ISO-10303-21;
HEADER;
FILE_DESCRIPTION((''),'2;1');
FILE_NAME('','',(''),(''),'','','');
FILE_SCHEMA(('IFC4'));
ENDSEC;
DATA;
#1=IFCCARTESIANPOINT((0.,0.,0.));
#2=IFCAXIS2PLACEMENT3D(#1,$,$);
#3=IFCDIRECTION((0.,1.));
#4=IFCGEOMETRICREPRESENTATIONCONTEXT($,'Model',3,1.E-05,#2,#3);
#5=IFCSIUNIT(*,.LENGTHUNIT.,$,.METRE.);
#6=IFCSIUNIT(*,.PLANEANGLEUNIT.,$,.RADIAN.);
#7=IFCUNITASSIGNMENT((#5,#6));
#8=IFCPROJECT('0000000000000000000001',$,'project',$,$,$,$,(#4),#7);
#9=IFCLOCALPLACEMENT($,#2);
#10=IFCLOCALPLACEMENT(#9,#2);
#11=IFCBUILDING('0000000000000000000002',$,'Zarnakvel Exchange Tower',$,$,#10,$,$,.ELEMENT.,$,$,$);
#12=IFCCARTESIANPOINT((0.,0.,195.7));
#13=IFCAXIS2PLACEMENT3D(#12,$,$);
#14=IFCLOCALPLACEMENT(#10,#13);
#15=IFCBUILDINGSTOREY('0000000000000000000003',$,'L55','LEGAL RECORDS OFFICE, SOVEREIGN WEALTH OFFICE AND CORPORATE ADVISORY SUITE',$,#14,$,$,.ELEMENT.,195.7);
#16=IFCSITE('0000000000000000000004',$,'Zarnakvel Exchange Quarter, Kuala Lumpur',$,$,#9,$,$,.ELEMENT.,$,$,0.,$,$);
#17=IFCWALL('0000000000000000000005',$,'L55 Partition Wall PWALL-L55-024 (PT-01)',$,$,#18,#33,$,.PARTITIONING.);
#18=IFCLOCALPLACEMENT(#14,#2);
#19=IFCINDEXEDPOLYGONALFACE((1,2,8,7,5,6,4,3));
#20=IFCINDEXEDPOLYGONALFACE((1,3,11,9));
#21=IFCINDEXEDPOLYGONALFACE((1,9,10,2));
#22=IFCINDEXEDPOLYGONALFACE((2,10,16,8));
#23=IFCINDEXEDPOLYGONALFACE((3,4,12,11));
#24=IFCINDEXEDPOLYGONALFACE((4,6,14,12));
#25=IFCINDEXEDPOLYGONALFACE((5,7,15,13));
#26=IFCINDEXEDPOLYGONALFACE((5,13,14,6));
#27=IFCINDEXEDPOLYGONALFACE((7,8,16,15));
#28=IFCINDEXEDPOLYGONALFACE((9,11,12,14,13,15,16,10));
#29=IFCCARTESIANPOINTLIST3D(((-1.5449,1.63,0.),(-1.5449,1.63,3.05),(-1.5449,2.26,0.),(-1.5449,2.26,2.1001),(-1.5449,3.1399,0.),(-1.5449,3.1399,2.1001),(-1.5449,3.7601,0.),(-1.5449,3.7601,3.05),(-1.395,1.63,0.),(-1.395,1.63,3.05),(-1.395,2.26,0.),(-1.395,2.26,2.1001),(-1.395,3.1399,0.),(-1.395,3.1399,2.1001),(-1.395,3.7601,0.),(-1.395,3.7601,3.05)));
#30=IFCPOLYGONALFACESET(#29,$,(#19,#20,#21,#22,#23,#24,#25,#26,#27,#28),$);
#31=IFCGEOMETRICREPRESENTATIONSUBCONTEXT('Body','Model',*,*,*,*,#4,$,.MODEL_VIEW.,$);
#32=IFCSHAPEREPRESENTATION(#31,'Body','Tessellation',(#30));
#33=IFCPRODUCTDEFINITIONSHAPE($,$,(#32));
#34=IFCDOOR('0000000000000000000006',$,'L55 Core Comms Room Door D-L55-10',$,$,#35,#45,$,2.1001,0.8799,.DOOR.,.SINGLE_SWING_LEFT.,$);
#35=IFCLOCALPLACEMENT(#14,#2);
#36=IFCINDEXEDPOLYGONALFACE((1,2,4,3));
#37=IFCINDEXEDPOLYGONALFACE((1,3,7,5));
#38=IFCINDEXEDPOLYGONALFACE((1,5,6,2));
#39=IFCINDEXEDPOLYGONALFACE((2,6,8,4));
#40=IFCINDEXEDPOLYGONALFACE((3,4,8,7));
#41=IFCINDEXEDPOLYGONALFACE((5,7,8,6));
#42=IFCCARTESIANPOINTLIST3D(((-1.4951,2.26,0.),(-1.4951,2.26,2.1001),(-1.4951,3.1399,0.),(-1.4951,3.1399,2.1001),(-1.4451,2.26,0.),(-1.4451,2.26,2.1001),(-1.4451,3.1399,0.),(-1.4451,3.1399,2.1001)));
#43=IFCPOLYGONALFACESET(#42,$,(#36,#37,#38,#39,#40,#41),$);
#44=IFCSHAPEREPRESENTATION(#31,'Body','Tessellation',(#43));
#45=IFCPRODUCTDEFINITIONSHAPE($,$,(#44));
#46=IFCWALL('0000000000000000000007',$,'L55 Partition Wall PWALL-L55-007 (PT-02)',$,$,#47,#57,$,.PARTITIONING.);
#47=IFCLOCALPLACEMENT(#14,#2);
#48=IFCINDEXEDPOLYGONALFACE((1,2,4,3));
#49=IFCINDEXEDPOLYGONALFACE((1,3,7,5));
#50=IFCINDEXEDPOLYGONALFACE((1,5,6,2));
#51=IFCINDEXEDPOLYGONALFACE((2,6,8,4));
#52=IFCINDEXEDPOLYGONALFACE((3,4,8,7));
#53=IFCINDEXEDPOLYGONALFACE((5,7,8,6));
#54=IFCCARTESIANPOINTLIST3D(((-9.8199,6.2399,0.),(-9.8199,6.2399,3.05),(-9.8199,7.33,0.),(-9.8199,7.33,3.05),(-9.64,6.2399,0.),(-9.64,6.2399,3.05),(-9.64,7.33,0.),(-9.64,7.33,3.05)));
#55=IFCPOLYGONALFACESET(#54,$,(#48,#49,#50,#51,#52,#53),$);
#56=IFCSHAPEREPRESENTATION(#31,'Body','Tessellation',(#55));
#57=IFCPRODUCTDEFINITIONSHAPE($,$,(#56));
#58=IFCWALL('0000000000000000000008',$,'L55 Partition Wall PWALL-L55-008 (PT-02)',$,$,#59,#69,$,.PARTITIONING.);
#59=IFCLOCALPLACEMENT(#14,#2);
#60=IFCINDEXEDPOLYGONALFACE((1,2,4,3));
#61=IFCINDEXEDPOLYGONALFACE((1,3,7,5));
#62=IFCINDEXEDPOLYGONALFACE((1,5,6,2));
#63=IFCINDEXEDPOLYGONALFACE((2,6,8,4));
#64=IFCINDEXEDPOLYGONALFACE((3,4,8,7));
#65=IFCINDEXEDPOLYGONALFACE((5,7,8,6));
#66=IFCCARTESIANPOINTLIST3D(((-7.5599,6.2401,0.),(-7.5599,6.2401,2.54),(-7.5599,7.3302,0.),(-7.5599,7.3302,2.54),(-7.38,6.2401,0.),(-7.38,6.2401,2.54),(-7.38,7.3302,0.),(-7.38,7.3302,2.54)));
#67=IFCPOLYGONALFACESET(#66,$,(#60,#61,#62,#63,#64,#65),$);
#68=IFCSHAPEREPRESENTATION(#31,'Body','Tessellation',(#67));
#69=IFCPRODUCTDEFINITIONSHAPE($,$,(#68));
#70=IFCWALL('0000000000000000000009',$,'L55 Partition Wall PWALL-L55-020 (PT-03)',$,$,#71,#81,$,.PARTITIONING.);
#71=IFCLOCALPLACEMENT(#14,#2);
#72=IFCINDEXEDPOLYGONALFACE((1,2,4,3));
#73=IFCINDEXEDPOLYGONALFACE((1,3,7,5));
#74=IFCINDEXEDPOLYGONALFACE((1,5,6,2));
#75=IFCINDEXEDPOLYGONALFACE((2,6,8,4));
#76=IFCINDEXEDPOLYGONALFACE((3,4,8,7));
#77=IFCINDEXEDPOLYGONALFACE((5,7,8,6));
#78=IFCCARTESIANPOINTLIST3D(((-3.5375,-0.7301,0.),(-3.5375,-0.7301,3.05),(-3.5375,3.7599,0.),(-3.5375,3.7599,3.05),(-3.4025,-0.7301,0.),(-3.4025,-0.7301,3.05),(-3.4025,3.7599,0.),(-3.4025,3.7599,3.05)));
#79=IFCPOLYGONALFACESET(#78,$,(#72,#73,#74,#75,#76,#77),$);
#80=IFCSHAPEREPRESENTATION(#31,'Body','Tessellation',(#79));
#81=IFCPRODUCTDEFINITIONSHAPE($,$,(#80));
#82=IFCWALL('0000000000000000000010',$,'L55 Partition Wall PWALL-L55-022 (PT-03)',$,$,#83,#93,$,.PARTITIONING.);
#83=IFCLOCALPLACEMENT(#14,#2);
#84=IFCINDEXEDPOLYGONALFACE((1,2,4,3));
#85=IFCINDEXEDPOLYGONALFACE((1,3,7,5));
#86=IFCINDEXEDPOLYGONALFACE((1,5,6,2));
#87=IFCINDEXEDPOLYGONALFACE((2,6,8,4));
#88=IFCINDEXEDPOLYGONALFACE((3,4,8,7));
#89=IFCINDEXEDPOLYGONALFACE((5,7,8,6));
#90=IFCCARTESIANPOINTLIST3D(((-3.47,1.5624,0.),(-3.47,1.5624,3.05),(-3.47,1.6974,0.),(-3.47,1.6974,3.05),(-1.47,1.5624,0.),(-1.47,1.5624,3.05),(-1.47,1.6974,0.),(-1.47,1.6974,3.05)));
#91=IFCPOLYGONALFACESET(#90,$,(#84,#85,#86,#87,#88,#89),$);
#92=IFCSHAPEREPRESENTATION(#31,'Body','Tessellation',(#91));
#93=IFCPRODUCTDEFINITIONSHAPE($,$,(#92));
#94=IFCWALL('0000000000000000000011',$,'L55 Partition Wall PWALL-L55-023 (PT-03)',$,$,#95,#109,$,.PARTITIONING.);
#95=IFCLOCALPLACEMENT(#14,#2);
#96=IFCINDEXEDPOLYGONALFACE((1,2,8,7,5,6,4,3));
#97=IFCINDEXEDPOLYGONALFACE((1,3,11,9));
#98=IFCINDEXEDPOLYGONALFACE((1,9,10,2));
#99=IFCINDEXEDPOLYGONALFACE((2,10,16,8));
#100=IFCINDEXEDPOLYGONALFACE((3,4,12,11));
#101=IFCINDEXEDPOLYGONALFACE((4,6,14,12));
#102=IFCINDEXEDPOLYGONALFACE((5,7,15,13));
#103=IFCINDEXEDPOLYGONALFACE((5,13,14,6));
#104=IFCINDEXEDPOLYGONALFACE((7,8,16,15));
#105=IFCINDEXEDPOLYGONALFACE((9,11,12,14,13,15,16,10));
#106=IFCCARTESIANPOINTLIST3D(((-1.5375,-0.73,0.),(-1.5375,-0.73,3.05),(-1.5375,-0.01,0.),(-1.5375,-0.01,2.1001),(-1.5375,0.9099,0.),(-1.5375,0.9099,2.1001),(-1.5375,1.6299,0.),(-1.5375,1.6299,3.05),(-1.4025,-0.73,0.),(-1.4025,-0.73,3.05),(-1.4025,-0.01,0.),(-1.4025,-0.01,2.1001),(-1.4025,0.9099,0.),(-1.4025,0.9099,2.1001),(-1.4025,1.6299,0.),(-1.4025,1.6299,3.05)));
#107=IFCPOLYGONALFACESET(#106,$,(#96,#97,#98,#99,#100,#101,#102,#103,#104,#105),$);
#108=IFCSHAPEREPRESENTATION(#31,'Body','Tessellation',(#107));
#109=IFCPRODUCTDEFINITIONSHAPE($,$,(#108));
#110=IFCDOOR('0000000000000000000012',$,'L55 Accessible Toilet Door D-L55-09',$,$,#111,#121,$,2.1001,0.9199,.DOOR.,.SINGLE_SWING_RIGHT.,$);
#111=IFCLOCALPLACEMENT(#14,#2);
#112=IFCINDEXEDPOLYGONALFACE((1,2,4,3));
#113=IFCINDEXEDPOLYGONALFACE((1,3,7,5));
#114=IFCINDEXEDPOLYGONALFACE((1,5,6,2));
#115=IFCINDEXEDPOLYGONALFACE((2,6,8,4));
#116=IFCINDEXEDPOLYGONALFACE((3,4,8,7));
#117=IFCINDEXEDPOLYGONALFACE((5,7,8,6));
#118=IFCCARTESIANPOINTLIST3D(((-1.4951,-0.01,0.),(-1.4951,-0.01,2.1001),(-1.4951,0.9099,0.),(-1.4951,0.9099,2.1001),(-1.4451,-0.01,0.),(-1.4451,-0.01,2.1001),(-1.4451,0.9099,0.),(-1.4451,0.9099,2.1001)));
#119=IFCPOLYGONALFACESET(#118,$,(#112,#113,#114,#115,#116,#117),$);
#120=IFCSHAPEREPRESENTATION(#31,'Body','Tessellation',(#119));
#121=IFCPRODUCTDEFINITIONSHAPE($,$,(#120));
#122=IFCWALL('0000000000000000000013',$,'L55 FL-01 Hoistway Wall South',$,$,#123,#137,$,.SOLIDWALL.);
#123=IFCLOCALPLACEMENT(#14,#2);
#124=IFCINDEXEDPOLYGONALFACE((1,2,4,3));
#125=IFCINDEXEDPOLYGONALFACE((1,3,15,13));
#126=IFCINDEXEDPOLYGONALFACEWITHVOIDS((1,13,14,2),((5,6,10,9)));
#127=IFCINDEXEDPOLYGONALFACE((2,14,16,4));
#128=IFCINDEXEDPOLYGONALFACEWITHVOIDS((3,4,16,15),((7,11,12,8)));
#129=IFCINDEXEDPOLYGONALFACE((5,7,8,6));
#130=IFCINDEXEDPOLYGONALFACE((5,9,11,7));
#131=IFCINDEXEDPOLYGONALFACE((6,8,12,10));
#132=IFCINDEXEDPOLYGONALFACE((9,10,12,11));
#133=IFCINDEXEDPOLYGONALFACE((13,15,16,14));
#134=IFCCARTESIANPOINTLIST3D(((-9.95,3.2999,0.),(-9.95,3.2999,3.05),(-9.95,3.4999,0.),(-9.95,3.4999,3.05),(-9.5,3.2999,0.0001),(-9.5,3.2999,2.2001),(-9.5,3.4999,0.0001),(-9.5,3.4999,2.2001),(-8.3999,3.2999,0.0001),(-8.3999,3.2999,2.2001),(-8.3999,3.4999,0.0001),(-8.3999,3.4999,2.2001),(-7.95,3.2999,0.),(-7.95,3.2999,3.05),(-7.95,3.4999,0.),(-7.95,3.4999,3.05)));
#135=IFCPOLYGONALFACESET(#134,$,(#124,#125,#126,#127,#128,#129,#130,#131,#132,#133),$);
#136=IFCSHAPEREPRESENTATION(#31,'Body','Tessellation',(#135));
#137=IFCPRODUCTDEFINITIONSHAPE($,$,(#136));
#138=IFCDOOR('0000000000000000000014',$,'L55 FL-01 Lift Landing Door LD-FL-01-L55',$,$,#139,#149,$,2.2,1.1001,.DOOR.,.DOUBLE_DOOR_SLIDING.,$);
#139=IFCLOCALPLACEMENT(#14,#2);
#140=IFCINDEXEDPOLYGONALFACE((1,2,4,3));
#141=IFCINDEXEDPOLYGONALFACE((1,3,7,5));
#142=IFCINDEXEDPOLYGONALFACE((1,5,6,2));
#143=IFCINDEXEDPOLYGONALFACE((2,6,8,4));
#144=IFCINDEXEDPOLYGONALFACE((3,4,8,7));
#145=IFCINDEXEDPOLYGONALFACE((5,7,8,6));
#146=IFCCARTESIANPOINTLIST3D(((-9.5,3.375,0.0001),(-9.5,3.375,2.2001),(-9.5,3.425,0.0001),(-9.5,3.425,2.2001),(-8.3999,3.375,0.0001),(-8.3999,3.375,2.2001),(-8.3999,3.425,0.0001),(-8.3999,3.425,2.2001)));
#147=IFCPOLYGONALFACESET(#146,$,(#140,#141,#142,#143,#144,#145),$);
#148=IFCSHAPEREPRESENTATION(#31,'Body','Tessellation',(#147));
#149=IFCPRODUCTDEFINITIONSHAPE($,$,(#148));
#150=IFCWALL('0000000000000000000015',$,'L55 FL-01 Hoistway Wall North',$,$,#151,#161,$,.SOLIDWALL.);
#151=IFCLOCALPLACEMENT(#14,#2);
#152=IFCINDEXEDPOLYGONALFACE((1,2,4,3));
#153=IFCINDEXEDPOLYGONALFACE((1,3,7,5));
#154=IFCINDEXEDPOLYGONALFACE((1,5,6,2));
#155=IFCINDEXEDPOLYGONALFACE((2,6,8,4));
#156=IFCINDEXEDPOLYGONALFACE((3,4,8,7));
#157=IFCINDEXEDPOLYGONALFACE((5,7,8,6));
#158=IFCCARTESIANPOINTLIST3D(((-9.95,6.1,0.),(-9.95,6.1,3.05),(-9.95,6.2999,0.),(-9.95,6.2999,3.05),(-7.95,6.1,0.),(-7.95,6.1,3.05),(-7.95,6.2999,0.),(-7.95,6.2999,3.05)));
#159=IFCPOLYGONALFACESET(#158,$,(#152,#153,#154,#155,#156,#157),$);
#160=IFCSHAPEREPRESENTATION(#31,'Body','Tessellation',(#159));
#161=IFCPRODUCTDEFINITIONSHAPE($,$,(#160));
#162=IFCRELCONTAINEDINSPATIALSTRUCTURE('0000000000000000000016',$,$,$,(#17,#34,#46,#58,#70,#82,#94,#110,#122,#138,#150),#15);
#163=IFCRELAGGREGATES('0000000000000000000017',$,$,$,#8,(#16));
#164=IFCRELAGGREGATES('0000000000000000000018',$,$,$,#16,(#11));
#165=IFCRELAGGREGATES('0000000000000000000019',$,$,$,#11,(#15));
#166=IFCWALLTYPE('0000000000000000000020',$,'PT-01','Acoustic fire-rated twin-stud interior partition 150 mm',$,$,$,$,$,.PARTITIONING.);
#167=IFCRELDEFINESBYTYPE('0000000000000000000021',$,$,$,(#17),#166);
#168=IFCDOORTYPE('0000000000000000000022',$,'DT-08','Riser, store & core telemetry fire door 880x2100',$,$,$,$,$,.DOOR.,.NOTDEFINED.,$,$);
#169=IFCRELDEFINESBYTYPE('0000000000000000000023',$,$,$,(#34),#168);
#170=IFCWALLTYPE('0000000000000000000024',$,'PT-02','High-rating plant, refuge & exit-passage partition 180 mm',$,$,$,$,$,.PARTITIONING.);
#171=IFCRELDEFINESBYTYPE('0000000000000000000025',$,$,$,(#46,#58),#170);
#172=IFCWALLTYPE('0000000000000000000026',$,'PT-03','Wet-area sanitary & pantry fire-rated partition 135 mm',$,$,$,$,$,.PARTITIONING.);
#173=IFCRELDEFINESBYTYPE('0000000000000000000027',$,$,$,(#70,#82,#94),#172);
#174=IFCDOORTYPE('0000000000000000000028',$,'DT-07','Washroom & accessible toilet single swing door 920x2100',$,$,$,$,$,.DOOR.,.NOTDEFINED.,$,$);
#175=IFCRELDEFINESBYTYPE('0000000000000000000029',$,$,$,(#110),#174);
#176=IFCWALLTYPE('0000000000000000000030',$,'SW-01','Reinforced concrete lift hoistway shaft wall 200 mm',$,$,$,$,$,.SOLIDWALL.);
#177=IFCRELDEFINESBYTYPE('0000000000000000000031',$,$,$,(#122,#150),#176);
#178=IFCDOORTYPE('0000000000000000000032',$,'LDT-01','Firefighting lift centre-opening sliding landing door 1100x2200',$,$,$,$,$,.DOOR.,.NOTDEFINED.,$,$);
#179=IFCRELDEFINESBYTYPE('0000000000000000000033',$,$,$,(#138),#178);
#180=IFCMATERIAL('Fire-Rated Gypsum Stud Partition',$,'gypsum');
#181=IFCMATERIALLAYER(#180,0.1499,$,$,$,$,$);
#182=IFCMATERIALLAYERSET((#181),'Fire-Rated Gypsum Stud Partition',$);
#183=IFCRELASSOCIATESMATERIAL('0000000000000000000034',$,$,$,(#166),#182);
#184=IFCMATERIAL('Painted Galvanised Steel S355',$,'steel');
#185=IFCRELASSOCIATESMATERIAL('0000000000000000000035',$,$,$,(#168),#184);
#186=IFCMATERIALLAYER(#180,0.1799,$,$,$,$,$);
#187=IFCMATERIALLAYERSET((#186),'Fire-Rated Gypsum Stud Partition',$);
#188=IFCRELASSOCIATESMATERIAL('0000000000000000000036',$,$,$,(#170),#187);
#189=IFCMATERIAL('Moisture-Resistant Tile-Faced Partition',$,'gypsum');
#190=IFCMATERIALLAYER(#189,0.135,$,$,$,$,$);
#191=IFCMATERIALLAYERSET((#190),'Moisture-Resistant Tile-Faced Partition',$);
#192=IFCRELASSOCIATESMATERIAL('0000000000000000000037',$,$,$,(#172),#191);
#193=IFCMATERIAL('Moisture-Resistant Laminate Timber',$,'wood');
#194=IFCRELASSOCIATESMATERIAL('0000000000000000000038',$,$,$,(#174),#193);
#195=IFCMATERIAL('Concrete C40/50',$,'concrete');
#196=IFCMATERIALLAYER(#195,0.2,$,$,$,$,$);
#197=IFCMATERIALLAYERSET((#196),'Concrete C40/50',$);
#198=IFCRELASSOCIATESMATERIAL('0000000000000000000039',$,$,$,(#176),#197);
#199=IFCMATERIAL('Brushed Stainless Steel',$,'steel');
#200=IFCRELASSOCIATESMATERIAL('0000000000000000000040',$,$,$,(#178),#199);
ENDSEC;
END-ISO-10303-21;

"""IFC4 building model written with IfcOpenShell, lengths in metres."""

from ifc_helpers import new_model, si_unit, direction, frame, frame_2d, origin, place, context, subcontext, project, spatial, rectangle, extrude, source, transform, mapped, material, layer, layer_set, type_object, element, fill, save


model = new_model("IFC4")

# Units and contexts
model_context = context("Model", 3, precision=1e-05, world=origin(), true_north=direction((0.0, 1.0)))
body_context = subcontext(model_context, "Body", "Model", "MODEL_VIEW")
ifc_project = project(units=[si_unit("LENGTHUNIT", "METRE"), si_unit("PLANEANGLEUNIT", "RADIAN")], contexts=[model_context])

# Site, building, storey
site_placement = place(None, origin())
site = spatial("IfcSite", under=ifc_project, at=site_placement, Name="Zarnakvel Exchange Quarter, Kuala Lumpur", CompositionType="ELEMENT", RefElevation=0.0)
building_placement = place(site_placement, origin())
building = spatial("IfcBuilding", under=site, at=building_placement, Name="Zarnakvel Exchange Tower", CompositionType="ELEMENT")
storey_placement = place(building_placement, frame((0.0, 0.0, 195.7)))
storey = spatial("IfcBuildingStorey", under=building, at=storey_placement, Name="L55", Description="LEGAL RECORDS OFFICE, SOVEREIGN WEALTH OFFICE AND CORPORATE ADVISORY SUITE", CompositionType="ELEMENT", Elevation=195.7)

# Wall, opening, door
ifc_material_1 = material(Name="Fire-Rated Gypsum Stud Partition", Category="gypsum")
ifc_layer_1 = layer(ifc_material_1, 0.1499)
ifc_layer_set_1 = layer_set([ifc_layer_1], Name="Fire-Rated Gypsum Stud Partition")
wall_type_1 = type_object("IfcWallType", Name="PT-01", Description="Acoustic fire-rated twin-stud interior partition 150 mm", PredefinedType="PARTITIONING", material=ifc_layer_set_1)
wall_1_placement = place(storey_placement, frame((-1.47, 3.76, 0.0), z_axis=(0.0, 0.0, 1.0), x_axis=(0.0, -1.0, 0.0)))
wall_1 = element("IfcWall", 1, at=wall_1_placement, inside=storey, type_object=wall_type_1, Name="L55 Partition Wall PWALL-L55-024 (PT-01)", PredefinedType="PARTITIONING", context=body_context, shape_type="SweptSolid", body=[
    extrude(rectangle(XDim=2.1301, YDim=0.1499, at=frame_2d((1.0649, 0.0))), origin(), (0.0, 0.0, 1.0), 3.05),
])
opening_1_placement = place(wall_1_placement, frame((0.6201, 0.0, 0.0)))
opening_1 = element("IfcOpeningElement", 2, at=opening_1_placement, cuts=wall_1, PredefinedType="OPENING", context=body_context, shape_type="SweptSolid", body=[
    extrude(rectangle(XDim=0.8799, YDim=2.1001, at=frame_2d((0.4399, 1.05))), frame((0.0, 0.085, 0.0), z_axis=(0.0, -1.0, 0.0), x_axis=(1.0, 0.0, 0.0)), (0.0, 0.0, 1.0), 0.1699),
])
ifc_material_2 = material(Name="Painted Galvanised Steel S355", Category="steel")
door_type_1 = type_object("IfcDoorType", Name="DT-08", Description="Riser, store & core telemetry fire door 880x2100", OperationType="NOTDEFINED", PredefinedType="DOOR", material=ifc_material_2)
shared_shape_1 = source(origin(), body_context, "Body", "SweptSolid", [
    extrude(rectangle(XDim=0.8799, YDim=2.1001, at=frame_2d((0.4399, 1.05))), frame((0.0, 0.0249, 0.0), z_axis=(0.0, -1.0, 0.0), x_axis=(1.0, 0.0, 0.0)), (0.0, 0.0, 1.0), 0.05),
])
door_1_placement = place(opening_1_placement, origin())
door_1 = element("IfcDoor", 3, at=door_1_placement, inside=storey, type_object=door_type_1, Name="L55 Core Comms Room Door D-L55-10", OperationType="SINGLE_SWING_LEFT", OverallHeight=2.1001, OverallWidth=0.8799, PredefinedType="DOOR", context=body_context, shape_type="MappedRepresentation", body=[
    mapped(shared_shape_1, transform((0.0, 0.0, 0.0), x_axis=(1.0, 0.0, 0.0), y_axis=(0.0, 1.0, 0.0), z_axis=(0.0, 0.0, 1.0), scale=1.0)),
])
fill(opening_1, door_1)

# Walls
ifc_layer_2 = layer(ifc_material_1, 0.1799)
ifc_layer_set_2 = layer_set([ifc_layer_2], Name="Fire-Rated Gypsum Stud Partition")
wall_type_2 = type_object("IfcWallType", Name="PT-02", Description="High-rating plant, refuge & exit-passage partition 180 mm", PredefinedType="PARTITIONING", material=ifc_layer_set_2)
wall_2_placement = place(storey_placement, frame((-9.73, 6.24, 0.0), z_axis=(0.0, 0.0, 1.0), x_axis=(0.0, 1.0, 0.0)))
element("IfcWall", 4, at=wall_2_placement, inside=storey, type_object=wall_type_2, Name="L55 Partition Wall PWALL-L55-007 (PT-02)", PredefinedType="PARTITIONING", context=body_context, shape_type="SweptSolid", body=[
    extrude(rectangle(XDim=1.0901, YDim=0.1799, at=frame_2d((0.5449, 0.0))), origin(), (0.0, 0.0, 1.0), 3.05),
])
wall_3_placement = place(storey_placement, frame((-7.47, 7.3301, 0.0), z_axis=(0.0, 0.0, 1.0), x_axis=(0.0, -1.0, 0.0)))
element("IfcWall", 5, at=wall_3_placement, inside=storey, type_object=wall_type_2, Name="L55 Partition Wall PWALL-L55-008 (PT-02)", PredefinedType="PARTITIONING", context=body_context, shape_type="SweptSolid", body=[
    extrude(rectangle(XDim=1.0901, YDim=0.1799, at=frame_2d((0.5449, 0.0))), origin(), (0.0, 0.0, 1.0), 2.54),
])
ifc_material_3 = material(Name="Moisture-Resistant Tile-Faced Partition", Category="gypsum")
ifc_layer_3 = layer(ifc_material_3, 0.135)
ifc_layer_set_3 = layer_set([ifc_layer_3], Name="Moisture-Resistant Tile-Faced Partition")
wall_type_3 = type_object("IfcWallType", Name="PT-03", Description="Wet-area sanitary & pantry fire-rated partition 135 mm", PredefinedType="PARTITIONING", material=ifc_layer_set_3)
wall_4_placement = place(storey_placement, frame((-3.47, 3.76, 0.0), z_axis=(0.0, 0.0, 1.0), x_axis=(0.0, -1.0, 0.0)))
element("IfcWall", 6, at=wall_4_placement, inside=storey, type_object=wall_type_3, Name="L55 Partition Wall PWALL-L55-020 (PT-03)", PredefinedType="PARTITIONING", context=body_context, shape_type="SweptSolid", body=[
    extrude(rectangle(XDim=4.49, YDim=0.135, at=frame_2d((2.2451, 0.0))), origin(), (0.0, 0.0, 1.0), 3.05),
])
wall_5_placement = place(storey_placement, frame((-3.47, 1.6299, 0.0), z_axis=(0.0, 0.0, 1.0), x_axis=(1.0, 0.0, 0.0)))
element("IfcWall", 7, at=wall_5_placement, inside=storey, type_object=wall_type_3, Name="L55 Partition Wall PWALL-L55-022 (PT-03)", PredefinedType="PARTITIONING", context=body_context, shape_type="SweptSolid", body=[
    extrude(rectangle(XDim=2.0, YDim=0.135, at=frame_2d((1.0, 0.0))), origin(), (0.0, 0.0, 1.0), 3.05),
])

# Walls, openings, doors
wall_6_placement = place(storey_placement, frame((-1.47, 1.6299, 0.0), z_axis=(0.0, 0.0, 1.0), x_axis=(0.0, -1.0, 0.0)))
wall_6 = element("IfcWall", 8, at=wall_6_placement, inside=storey, type_object=wall_type_3, Name="L55 Partition Wall PWALL-L55-023 (PT-03)", PredefinedType="PARTITIONING", context=body_context, shape_type="SweptSolid", body=[
    extrude(rectangle(XDim=2.3599, YDim=0.135, at=frame_2d((1.1799, 0.0))), origin(), (0.0, 0.0, 1.0), 3.05),
])
opening_2_placement = place(wall_6_placement, frame((0.72, 0.0, 0.0)))
opening_2 = element("IfcOpeningElement", 9, at=opening_2_placement, cuts=wall_6, PredefinedType="OPENING", context=body_context, shape_type="SweptSolid", body=[
    extrude(rectangle(XDim=0.9199, YDim=2.1001, at=frame_2d((0.46, 1.05))), frame((0.0, 0.0774, 0.0), z_axis=(0.0, -1.0, 0.0), x_axis=(1.0, 0.0, 0.0)), (0.0, 0.0, 1.0), 0.155),
])
ifc_material_4 = material(Name="Moisture-Resistant Laminate Timber", Category="wood")
door_type_2 = type_object("IfcDoorType", Name="DT-07", Description="Washroom & accessible toilet single swing door 920x2100", OperationType="NOTDEFINED", PredefinedType="DOOR", material=ifc_material_4)
shared_shape_2 = source(origin(), body_context, "Body", "SweptSolid", [
    extrude(rectangle(XDim=0.9199, YDim=2.1001, at=frame_2d((0.46, 1.05))), frame((0.0, 0.0249, 0.0), z_axis=(0.0, -1.0, 0.0), x_axis=(1.0, 0.0, 0.0)), (0.0, 0.0, 1.0), 0.05),
])
door_2_placement = place(opening_2_placement, origin())
door_2 = element("IfcDoor", 10, at=door_2_placement, inside=storey, type_object=door_type_2, Name="L55 Accessible Toilet Door D-L55-09", OperationType="SINGLE_SWING_RIGHT", OverallHeight=2.1001, OverallWidth=0.9199, PredefinedType="DOOR", context=body_context, shape_type="MappedRepresentation", body=[
    mapped(shared_shape_2, transform((0.0, 0.0, 0.0), x_axis=(1.0, 0.0, 0.0), y_axis=(0.0, 1.0, 0.0), z_axis=(0.0, 0.0, 1.0), scale=1.0)),
])
fill(opening_2, door_2)
ifc_material_5 = material(Name="Concrete C40/50", Category="concrete")
ifc_layer_4 = layer(ifc_material_5, 0.2)
ifc_layer_set_4 = layer_set([ifc_layer_4], Name="Concrete C40/50")
wall_type_4 = type_object("IfcWallType", Name="SW-01", Description="Reinforced concrete lift hoistway shaft wall 200 mm", PredefinedType="SOLIDWALL", material=ifc_layer_set_4)
wall_7_placement = place(storey_placement, frame((-7.95, 3.3999, 0.0), z_axis=(0.0, 0.0, 1.0), x_axis=(-1.0, 0.0, 0.0)))
wall_7 = element("IfcWall", 11, at=wall_7_placement, inside=storey, type_object=wall_type_4, Name="L55 FL-01 Hoistway Wall South", PredefinedType="SOLIDWALL", context=body_context, shape_type="SweptSolid", body=[
    extrude(rectangle(XDim=2.0, YDim=0.2, at=frame_2d((1.0, 0.0))), origin(), (0.0, 0.0, 1.0), 3.05),
])
opening_3_placement = place(wall_7_placement, frame((0.45, 0.0, 0.0)))
opening_3 = element("IfcOpeningElement", 12, at=opening_3_placement, cuts=wall_7, PredefinedType="OPENING", context=body_context, shape_type="SweptSolid", body=[
    extrude(rectangle(XDim=1.1001, YDim=2.2, at=frame_2d((0.55, 1.1001))), frame((0.0, 0.1099, 0.0), z_axis=(0.0, -1.0, 0.0), x_axis=(1.0, 0.0, 0.0)), (0.0, 0.0, 1.0), 0.22),
])
ifc_material_6 = material(Name="Brushed Stainless Steel", Category="steel")
door_type_3 = type_object("IfcDoorType", Name="LDT-01", Description="Firefighting lift centre-opening sliding landing door 1100x2200", OperationType="NOTDEFINED", PredefinedType="DOOR", material=ifc_material_6)
shared_shape_3 = source(origin(), body_context, "Body", "SweptSolid", [
    extrude(rectangle(XDim=1.1001, YDim=2.2, at=frame_2d((0.55, 1.1001))), frame((0.0, 0.0249, 0.0), z_axis=(0.0, -1.0, 0.0), x_axis=(1.0, 0.0, 0.0)), (0.0, 0.0, 1.0), 0.05),
])
door_3_placement = place(opening_3_placement, origin())
door_3 = element("IfcDoor", 13, at=door_3_placement, inside=storey, type_object=door_type_3, Name="L55 FL-01 Lift Landing Door LD-FL-01-L55", OperationType="DOUBLE_DOOR_SLIDING", OverallHeight=2.2, OverallWidth=1.1001, PredefinedType="DOOR", context=body_context, shape_type="MappedRepresentation", body=[
    mapped(shared_shape_3, transform((0.0, 0.0, 0.0), x_axis=(1.0, 0.0, 0.0), y_axis=(0.0, 1.0, 0.0), z_axis=(0.0, 0.0, 1.0), scale=1.0)),
])
fill(opening_3, door_3)

# Wall
wall_8_placement = place(storey_placement, frame((-9.95, 6.2, 0.0), z_axis=(0.0, 0.0, 1.0), x_axis=(1.0, 0.0, 0.0)))
element("IfcWall", 14, at=wall_8_placement, inside=storey, type_object=wall_type_4, Name="L55 FL-01 Hoistway Wall North", PredefinedType="SOLIDWALL", context=body_context, shape_type="SweptSolid", body=[
    extrude(rectangle(XDim=2.0, YDim=0.2, at=frame_2d((1.0, 0.0))), origin(), (0.0, 0.0, 1.0), 3.05),
])

save(model, "model.ifc")
